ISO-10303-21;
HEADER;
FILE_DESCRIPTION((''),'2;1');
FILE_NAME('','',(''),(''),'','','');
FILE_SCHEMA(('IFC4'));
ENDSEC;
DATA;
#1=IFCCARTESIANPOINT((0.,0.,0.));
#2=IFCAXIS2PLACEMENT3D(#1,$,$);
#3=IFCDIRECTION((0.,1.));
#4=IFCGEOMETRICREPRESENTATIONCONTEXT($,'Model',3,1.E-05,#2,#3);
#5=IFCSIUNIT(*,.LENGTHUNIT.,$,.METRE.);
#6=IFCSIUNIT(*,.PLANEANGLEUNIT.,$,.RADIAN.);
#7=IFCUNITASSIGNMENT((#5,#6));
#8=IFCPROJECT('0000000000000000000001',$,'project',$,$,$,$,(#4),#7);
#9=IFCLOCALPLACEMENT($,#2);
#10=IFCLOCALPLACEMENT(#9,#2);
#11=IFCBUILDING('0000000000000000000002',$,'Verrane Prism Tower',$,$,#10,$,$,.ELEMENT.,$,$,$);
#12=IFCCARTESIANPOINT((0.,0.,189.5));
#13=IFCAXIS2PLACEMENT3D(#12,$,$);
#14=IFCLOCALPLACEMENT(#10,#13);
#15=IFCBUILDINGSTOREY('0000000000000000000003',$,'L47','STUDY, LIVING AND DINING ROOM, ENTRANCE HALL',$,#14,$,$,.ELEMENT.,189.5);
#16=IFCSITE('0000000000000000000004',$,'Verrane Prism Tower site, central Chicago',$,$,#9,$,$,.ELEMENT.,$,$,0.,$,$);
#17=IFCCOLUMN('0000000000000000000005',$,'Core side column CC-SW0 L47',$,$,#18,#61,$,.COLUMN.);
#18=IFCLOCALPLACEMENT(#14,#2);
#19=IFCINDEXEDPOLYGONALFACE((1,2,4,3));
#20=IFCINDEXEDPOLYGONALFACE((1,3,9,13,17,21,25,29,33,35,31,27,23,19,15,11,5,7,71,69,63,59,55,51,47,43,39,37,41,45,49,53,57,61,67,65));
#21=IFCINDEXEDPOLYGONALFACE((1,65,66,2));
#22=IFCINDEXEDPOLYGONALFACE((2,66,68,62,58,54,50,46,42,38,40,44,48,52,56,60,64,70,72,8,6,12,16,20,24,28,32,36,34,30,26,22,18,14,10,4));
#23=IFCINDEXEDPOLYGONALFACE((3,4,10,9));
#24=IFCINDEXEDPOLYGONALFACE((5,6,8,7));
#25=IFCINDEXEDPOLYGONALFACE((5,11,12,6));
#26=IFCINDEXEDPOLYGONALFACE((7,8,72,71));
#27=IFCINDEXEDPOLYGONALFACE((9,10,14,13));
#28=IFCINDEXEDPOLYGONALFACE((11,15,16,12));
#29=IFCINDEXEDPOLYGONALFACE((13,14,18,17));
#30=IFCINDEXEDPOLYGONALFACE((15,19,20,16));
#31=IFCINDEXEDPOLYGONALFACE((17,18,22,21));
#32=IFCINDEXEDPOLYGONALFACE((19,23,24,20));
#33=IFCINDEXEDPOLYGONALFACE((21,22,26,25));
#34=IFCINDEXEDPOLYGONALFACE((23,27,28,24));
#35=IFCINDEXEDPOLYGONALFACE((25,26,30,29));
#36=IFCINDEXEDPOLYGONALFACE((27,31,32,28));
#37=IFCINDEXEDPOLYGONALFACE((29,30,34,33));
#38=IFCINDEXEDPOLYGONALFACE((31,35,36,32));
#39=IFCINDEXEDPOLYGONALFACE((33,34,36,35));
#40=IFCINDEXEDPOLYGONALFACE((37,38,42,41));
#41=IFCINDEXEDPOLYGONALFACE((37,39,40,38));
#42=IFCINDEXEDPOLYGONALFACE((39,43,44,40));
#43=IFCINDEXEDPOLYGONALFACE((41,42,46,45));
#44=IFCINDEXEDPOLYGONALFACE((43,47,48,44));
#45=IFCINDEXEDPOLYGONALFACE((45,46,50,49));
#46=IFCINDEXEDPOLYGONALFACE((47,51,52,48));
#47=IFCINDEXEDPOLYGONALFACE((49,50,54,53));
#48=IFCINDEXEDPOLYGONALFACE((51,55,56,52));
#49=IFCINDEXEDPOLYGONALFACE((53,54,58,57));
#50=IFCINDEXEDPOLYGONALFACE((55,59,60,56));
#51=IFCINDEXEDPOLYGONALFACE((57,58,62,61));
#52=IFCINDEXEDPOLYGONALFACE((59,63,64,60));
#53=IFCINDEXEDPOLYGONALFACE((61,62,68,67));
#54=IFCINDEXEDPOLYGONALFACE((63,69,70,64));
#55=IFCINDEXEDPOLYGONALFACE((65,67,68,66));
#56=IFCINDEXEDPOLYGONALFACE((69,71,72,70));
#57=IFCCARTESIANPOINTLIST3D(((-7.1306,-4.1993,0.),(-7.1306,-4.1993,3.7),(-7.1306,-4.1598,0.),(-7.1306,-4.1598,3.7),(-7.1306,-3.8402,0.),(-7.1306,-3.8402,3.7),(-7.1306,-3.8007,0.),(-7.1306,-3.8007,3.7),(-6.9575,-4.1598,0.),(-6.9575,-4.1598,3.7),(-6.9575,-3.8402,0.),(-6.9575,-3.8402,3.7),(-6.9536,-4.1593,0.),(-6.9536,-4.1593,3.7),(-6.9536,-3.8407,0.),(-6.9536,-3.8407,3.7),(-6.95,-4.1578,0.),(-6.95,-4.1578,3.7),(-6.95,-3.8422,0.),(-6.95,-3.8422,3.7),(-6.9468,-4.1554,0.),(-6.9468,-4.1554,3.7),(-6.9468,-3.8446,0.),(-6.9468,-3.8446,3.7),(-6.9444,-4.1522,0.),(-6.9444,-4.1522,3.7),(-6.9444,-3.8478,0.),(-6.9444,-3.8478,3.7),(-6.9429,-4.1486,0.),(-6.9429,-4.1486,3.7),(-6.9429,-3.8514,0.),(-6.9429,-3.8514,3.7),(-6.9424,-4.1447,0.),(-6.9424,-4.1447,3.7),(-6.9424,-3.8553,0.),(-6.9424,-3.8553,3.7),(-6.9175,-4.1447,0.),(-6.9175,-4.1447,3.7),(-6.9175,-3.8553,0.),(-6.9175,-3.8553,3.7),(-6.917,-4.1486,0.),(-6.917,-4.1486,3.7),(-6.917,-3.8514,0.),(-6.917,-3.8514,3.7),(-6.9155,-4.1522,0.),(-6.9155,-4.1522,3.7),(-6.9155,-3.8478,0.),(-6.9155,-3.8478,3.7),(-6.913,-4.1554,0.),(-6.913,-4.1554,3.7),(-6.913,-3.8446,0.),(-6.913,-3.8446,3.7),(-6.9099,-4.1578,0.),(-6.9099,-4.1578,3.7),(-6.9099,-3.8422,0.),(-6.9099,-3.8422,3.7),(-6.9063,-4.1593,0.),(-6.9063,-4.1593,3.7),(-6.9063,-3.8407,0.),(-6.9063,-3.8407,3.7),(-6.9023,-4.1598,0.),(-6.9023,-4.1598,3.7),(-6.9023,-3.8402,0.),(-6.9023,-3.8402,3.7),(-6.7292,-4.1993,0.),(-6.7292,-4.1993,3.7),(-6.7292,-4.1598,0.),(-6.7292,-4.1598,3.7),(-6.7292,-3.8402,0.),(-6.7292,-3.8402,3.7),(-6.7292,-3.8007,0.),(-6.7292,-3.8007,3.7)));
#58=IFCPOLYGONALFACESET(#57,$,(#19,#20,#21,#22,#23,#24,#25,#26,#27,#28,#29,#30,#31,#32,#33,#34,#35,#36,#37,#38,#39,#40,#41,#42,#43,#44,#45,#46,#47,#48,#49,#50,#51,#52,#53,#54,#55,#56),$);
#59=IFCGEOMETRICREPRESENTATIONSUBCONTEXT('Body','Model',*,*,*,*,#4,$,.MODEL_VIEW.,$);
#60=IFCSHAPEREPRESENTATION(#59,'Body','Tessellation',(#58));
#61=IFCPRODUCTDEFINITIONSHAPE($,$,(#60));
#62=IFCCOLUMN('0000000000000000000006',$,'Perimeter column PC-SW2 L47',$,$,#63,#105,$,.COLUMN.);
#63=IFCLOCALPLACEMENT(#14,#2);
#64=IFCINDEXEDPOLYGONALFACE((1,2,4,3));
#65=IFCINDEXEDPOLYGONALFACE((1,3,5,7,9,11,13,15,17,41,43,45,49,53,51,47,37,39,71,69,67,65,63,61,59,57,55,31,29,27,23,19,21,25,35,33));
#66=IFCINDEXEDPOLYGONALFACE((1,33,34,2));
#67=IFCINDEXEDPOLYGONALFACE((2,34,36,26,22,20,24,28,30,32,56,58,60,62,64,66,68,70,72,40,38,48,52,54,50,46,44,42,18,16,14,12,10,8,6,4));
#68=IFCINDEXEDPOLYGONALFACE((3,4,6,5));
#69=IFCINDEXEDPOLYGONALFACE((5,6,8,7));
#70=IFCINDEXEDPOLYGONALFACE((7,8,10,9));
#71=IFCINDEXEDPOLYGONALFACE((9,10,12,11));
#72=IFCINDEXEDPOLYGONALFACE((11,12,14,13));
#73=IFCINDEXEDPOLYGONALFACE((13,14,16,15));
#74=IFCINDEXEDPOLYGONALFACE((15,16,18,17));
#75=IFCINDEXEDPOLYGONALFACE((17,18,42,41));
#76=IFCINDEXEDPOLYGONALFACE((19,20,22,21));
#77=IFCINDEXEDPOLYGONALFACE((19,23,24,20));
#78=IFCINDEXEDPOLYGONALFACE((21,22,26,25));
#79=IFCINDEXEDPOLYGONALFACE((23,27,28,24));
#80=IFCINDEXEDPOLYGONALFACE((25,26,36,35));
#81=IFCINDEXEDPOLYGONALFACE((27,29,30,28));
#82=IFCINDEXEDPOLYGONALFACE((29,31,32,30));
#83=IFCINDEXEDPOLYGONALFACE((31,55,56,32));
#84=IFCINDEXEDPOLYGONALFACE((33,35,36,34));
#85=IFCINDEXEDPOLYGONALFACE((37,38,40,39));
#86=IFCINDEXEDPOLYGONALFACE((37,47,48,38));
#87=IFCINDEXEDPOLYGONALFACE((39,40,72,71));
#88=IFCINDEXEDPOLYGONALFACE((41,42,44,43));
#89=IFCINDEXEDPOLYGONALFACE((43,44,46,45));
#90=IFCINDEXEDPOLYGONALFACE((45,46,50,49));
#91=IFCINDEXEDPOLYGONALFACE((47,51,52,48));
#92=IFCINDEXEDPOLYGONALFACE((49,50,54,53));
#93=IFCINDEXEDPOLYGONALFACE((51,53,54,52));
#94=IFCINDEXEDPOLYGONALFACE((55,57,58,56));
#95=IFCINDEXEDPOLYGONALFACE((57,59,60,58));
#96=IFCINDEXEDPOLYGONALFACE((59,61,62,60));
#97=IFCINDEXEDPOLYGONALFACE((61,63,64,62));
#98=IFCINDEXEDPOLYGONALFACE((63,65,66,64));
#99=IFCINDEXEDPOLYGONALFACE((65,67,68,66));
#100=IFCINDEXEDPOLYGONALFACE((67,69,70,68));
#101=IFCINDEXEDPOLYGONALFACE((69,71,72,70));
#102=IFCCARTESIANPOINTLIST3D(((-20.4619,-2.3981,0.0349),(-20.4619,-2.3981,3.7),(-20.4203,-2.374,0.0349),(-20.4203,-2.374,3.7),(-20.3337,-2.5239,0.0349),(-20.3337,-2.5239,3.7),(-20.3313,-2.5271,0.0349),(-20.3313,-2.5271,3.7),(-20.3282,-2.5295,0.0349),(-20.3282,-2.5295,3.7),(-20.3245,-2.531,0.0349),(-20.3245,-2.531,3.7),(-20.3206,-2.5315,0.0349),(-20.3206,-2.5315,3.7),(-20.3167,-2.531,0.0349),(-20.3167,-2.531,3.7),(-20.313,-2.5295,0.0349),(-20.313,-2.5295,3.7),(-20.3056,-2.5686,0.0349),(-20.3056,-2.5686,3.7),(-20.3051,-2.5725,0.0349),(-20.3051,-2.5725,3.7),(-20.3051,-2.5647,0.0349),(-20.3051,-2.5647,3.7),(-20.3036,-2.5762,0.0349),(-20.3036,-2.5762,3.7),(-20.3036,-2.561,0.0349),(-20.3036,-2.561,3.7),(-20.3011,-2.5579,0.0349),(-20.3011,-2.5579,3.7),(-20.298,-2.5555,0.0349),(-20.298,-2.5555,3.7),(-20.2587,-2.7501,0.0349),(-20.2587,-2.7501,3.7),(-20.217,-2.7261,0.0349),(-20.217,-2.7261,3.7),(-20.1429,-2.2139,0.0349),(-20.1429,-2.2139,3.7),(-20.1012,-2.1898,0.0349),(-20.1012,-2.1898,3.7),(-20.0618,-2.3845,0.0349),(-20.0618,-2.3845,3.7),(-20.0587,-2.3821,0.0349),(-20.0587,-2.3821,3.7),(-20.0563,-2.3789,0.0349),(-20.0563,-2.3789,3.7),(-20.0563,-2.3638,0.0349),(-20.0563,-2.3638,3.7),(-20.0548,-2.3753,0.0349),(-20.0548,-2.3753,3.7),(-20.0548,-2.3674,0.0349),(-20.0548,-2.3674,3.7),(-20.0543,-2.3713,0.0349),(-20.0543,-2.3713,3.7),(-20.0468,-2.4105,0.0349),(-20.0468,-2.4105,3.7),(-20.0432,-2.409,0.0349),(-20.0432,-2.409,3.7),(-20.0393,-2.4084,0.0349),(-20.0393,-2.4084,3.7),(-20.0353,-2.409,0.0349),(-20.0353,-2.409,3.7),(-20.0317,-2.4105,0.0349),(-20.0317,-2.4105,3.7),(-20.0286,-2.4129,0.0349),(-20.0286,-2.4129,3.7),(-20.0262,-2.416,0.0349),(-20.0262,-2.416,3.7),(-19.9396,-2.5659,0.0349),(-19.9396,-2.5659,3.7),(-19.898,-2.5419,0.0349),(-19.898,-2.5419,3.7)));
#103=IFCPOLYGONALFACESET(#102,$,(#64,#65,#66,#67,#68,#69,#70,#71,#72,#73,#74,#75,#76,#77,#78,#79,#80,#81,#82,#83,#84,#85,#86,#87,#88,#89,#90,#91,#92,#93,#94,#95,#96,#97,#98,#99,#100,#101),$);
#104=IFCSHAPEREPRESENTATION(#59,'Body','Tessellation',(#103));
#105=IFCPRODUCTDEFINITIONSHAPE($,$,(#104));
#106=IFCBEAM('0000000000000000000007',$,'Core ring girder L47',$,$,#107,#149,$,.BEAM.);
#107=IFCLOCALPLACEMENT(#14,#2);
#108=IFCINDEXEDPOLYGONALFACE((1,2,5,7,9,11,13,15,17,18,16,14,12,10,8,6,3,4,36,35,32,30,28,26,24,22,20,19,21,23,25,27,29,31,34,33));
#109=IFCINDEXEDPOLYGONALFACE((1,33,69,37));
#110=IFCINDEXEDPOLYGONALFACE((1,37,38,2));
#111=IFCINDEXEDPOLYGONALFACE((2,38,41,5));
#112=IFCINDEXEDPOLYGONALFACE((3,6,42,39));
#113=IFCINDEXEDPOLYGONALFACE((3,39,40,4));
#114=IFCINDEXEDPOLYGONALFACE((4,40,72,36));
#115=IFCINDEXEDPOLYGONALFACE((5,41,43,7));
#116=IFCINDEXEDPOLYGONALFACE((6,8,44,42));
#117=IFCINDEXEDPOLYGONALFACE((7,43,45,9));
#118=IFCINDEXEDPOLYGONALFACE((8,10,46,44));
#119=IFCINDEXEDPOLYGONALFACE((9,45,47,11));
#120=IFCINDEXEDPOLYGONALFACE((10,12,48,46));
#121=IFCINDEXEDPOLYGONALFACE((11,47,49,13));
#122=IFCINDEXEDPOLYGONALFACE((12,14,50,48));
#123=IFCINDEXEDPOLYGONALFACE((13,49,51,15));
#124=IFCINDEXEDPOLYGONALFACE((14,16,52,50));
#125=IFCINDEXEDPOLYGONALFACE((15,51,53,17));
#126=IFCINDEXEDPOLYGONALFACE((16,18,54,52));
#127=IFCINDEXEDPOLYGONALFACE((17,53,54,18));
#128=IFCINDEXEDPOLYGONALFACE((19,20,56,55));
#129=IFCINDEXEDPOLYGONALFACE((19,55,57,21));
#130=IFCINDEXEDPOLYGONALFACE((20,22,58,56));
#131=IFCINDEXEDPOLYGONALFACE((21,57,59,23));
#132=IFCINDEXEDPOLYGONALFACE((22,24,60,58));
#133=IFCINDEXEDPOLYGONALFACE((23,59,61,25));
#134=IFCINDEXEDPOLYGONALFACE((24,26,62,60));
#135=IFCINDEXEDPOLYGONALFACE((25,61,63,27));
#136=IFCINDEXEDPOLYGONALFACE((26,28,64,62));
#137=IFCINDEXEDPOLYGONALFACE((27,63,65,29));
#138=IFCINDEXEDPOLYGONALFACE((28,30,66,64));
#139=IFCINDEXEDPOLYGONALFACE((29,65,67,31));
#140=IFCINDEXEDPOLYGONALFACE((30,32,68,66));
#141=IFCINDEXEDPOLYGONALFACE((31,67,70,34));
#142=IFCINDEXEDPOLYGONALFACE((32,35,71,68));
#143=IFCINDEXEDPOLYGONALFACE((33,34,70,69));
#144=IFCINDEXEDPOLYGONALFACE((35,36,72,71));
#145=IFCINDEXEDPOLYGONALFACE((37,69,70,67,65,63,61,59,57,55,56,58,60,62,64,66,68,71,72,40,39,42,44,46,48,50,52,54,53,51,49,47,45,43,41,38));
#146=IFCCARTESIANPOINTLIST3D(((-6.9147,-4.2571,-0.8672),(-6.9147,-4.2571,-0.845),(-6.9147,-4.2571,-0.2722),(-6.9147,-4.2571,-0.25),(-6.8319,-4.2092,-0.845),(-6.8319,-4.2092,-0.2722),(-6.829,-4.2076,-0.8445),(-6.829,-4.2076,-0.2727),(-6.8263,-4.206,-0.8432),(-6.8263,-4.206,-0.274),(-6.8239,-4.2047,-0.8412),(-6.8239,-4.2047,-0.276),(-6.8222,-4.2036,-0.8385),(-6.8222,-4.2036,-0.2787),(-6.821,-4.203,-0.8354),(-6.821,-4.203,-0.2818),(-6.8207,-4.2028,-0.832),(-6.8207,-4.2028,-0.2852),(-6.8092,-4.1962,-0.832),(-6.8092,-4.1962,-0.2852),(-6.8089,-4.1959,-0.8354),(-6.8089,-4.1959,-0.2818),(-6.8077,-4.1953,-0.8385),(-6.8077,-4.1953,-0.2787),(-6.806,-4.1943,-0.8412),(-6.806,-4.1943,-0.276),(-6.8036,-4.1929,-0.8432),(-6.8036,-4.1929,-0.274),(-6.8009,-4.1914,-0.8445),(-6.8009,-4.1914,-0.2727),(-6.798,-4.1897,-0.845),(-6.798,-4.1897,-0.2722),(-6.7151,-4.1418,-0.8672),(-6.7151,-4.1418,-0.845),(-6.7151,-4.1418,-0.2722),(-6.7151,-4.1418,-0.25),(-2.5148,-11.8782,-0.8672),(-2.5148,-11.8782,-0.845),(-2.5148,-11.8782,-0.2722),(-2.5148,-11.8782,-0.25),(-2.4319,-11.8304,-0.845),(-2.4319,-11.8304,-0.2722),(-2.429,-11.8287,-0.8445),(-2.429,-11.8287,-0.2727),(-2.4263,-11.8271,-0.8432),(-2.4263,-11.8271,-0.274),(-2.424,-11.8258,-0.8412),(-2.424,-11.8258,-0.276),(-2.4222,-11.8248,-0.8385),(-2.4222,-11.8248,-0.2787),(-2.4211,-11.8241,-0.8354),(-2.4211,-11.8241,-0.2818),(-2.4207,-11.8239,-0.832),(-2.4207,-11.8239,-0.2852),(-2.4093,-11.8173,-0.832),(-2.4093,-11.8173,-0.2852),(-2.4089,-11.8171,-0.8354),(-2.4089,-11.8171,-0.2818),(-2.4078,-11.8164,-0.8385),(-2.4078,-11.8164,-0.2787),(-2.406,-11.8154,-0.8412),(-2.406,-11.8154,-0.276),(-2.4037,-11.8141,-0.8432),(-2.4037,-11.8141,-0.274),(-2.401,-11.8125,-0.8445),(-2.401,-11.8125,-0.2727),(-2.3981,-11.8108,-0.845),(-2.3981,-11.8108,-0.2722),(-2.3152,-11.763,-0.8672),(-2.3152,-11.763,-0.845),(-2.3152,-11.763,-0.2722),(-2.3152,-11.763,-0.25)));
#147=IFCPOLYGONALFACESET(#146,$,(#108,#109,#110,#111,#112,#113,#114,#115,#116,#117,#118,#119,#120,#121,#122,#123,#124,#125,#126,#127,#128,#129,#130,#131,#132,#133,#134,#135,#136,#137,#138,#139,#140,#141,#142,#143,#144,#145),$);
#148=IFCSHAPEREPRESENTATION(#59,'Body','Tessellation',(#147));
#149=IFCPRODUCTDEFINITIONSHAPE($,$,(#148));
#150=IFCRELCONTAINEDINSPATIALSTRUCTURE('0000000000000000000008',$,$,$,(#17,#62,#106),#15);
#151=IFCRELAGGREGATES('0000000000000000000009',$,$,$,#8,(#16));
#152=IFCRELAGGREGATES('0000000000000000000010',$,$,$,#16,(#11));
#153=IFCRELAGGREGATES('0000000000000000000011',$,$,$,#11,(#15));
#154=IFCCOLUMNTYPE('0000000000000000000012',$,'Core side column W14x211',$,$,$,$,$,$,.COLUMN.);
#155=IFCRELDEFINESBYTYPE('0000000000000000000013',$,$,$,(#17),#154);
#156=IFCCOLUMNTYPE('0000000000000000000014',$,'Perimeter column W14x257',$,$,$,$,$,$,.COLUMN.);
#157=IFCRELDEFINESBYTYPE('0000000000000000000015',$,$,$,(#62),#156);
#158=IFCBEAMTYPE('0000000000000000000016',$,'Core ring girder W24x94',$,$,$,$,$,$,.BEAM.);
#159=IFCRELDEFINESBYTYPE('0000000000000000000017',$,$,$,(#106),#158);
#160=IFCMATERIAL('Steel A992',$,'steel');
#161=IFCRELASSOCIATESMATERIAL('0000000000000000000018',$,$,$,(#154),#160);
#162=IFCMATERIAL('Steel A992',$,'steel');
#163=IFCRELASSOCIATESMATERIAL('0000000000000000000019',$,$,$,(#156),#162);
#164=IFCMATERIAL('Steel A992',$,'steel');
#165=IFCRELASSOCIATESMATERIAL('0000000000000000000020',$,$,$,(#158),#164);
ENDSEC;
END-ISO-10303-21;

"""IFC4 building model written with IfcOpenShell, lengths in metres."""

from ifc_helpers import new_model, si_unit, direction, frame, origin, origin_2d, place, context, subcontext, project, spatial, i_section, extrude, material, material_profile, profile_set, type_object, element, save


model = new_model("IFC4")

# Units and contexts
model_context = context("Model", 3, precision=1e-05, world=origin(), true_north=direction((0.0, 1.0)))
body_context = subcontext(model_context, "Body", "Model", "MODEL_VIEW")
ifc_project = project(units=[si_unit("LENGTHUNIT", "METRE"), si_unit("PLANEANGLEUNIT", "RADIAN")], contexts=[model_context])

# Site, building, storey
site_placement = place(None, origin())
site = spatial("IfcSite", under=ifc_project, at=site_placement, Name="Verrane Prism Tower site, central Chicago", CompositionType="ELEMENT", RefElevation=0.0)
building_placement = place(site_placement, origin())
building = spatial("IfcBuilding", under=site, at=building_placement, Name="Verrane Prism Tower", CompositionType="ELEMENT")
storey_placement = place(building_placement, frame((0.0, 0.0, 189.5)))
storey = spatial("IfcBuildingStorey", under=building, at=storey_placement, Name="L47", Description="STUDY, LIVING AND DINING ROOM, ENTRANCE HALL", CompositionType="ELEMENT", Elevation=189.5)

# Columns
ifc_material_1 = material(Name="Steel A992", Category="steel")
ifc_material_profile_1 = material_profile(ifc_material_1, i_section(OverallWidth=0.4014, OverallDepth=0.3987, WebThickness=0.0249, FlangeThickness=0.0396, FilletRadius=0.0151, at=origin_2d()), Name="W14x211")
ifc_profile_set_1 = profile_set([ifc_material_profile_1], Name="Steel A992")
column_type_1 = type_object("IfcColumnType", Name="Core side column W14x211", PredefinedType="COLUMN", material=ifc_profile_set_1)
column_1_placement = place(storey_placement, frame((-6.9299, -4.0, 0.0), z_axis=(0.0, 0.0, 1.0), x_axis=(1.0, 0.0, 0.0)))
element("IfcColumn", 1, at=column_1_placement, inside=storey, type_object=column_type_1, Name="Core side column CC-SW0 L47", PredefinedType="COLUMN", context=body_context, shape_type="SweptSolid", body=[
    extrude(i_section(OverallWidth=0.4014, OverallDepth=0.3987, WebThickness=0.0249, FlangeThickness=0.0396, FilletRadius=0.0151, at=origin_2d()), origin(), (0.0, 0.0, 1.0), 3.7),
])
ifc_material_2 = material(Name="Steel A992", Category="steel")
ifc_material_profile_2 = material_profile(ifc_material_2, i_section(OverallWidth=0.4065, OverallDepth=0.4165, WebThickness=0.03, FlangeThickness=0.0481, FilletRadius=0.0151, at=origin_2d()), Name="W14x257")
ifc_profile_set_2 = profile_set([ifc_material_profile_2], Name="Steel A992")
column_type_2 = type_object("IfcColumnType", Name="Perimeter column W14x257", PredefinedType="COLUMN", material=ifc_profile_set_2)
column_2_placement = place(storey_placement, frame((-20.1799, -2.47, 0.0349), z_axis=(0.0, 0.0, 1.0), x_axis=(-0.5, 0.866025, 0.0)))
element("IfcColumn", 2, at=column_2_placement, inside=storey, type_object=column_type_2, Name="Perimeter column PC-SW2 L47", PredefinedType="COLUMN", context=body_context, shape_type="SweptSolid", body=[
    extrude(i_section(OverallWidth=0.4065, OverallDepth=0.4165, WebThickness=0.03, FlangeThickness=0.0481, FilletRadius=0.0151, at=origin_2d()), origin(), (0.0, 0.0, 1.0), 3.665),
])

# Beam
ifc_material_3 = material(Name="Steel A992", Category="steel")
ifc_material_profile_3 = material_profile(ifc_material_3, i_section(OverallWidth=0.2305, OverallDepth=0.6172, WebThickness=0.0132, FlangeThickness=0.0222, FilletRadius=0.0129, at=origin_2d()), Name="W24x94")
ifc_profile_set_3 = profile_set([ifc_material_profile_3], Name="Steel A992")
beam_type_1 = type_object("IfcBeamType", Name="Core ring girder W24x94", PredefinedType="BEAM", material=ifc_profile_set_3)
beam_1_placement = place(storey_placement, frame((-6.8149, -4.1995, -0.5586), z_axis=(0.499988, -0.866032, 0.0), x_axis=(0.866032, 0.499988, 0.0)))
element("IfcBeam", 3, at=beam_1_placement, inside=storey, type_object=beam_type_1, Name="Core ring girder L47", PredefinedType="BEAM", context=body_context, shape_type="SweptSolid", body=[
    extrude(i_section(OverallWidth=0.2305, OverallDepth=0.6172, WebThickness=0.0132, FlangeThickness=0.0222, FilletRadius=0.0129, at=origin_2d()), origin(), (0.0, 0.0, 1.0), 8.8),
])

save(model, "model.ifc")
